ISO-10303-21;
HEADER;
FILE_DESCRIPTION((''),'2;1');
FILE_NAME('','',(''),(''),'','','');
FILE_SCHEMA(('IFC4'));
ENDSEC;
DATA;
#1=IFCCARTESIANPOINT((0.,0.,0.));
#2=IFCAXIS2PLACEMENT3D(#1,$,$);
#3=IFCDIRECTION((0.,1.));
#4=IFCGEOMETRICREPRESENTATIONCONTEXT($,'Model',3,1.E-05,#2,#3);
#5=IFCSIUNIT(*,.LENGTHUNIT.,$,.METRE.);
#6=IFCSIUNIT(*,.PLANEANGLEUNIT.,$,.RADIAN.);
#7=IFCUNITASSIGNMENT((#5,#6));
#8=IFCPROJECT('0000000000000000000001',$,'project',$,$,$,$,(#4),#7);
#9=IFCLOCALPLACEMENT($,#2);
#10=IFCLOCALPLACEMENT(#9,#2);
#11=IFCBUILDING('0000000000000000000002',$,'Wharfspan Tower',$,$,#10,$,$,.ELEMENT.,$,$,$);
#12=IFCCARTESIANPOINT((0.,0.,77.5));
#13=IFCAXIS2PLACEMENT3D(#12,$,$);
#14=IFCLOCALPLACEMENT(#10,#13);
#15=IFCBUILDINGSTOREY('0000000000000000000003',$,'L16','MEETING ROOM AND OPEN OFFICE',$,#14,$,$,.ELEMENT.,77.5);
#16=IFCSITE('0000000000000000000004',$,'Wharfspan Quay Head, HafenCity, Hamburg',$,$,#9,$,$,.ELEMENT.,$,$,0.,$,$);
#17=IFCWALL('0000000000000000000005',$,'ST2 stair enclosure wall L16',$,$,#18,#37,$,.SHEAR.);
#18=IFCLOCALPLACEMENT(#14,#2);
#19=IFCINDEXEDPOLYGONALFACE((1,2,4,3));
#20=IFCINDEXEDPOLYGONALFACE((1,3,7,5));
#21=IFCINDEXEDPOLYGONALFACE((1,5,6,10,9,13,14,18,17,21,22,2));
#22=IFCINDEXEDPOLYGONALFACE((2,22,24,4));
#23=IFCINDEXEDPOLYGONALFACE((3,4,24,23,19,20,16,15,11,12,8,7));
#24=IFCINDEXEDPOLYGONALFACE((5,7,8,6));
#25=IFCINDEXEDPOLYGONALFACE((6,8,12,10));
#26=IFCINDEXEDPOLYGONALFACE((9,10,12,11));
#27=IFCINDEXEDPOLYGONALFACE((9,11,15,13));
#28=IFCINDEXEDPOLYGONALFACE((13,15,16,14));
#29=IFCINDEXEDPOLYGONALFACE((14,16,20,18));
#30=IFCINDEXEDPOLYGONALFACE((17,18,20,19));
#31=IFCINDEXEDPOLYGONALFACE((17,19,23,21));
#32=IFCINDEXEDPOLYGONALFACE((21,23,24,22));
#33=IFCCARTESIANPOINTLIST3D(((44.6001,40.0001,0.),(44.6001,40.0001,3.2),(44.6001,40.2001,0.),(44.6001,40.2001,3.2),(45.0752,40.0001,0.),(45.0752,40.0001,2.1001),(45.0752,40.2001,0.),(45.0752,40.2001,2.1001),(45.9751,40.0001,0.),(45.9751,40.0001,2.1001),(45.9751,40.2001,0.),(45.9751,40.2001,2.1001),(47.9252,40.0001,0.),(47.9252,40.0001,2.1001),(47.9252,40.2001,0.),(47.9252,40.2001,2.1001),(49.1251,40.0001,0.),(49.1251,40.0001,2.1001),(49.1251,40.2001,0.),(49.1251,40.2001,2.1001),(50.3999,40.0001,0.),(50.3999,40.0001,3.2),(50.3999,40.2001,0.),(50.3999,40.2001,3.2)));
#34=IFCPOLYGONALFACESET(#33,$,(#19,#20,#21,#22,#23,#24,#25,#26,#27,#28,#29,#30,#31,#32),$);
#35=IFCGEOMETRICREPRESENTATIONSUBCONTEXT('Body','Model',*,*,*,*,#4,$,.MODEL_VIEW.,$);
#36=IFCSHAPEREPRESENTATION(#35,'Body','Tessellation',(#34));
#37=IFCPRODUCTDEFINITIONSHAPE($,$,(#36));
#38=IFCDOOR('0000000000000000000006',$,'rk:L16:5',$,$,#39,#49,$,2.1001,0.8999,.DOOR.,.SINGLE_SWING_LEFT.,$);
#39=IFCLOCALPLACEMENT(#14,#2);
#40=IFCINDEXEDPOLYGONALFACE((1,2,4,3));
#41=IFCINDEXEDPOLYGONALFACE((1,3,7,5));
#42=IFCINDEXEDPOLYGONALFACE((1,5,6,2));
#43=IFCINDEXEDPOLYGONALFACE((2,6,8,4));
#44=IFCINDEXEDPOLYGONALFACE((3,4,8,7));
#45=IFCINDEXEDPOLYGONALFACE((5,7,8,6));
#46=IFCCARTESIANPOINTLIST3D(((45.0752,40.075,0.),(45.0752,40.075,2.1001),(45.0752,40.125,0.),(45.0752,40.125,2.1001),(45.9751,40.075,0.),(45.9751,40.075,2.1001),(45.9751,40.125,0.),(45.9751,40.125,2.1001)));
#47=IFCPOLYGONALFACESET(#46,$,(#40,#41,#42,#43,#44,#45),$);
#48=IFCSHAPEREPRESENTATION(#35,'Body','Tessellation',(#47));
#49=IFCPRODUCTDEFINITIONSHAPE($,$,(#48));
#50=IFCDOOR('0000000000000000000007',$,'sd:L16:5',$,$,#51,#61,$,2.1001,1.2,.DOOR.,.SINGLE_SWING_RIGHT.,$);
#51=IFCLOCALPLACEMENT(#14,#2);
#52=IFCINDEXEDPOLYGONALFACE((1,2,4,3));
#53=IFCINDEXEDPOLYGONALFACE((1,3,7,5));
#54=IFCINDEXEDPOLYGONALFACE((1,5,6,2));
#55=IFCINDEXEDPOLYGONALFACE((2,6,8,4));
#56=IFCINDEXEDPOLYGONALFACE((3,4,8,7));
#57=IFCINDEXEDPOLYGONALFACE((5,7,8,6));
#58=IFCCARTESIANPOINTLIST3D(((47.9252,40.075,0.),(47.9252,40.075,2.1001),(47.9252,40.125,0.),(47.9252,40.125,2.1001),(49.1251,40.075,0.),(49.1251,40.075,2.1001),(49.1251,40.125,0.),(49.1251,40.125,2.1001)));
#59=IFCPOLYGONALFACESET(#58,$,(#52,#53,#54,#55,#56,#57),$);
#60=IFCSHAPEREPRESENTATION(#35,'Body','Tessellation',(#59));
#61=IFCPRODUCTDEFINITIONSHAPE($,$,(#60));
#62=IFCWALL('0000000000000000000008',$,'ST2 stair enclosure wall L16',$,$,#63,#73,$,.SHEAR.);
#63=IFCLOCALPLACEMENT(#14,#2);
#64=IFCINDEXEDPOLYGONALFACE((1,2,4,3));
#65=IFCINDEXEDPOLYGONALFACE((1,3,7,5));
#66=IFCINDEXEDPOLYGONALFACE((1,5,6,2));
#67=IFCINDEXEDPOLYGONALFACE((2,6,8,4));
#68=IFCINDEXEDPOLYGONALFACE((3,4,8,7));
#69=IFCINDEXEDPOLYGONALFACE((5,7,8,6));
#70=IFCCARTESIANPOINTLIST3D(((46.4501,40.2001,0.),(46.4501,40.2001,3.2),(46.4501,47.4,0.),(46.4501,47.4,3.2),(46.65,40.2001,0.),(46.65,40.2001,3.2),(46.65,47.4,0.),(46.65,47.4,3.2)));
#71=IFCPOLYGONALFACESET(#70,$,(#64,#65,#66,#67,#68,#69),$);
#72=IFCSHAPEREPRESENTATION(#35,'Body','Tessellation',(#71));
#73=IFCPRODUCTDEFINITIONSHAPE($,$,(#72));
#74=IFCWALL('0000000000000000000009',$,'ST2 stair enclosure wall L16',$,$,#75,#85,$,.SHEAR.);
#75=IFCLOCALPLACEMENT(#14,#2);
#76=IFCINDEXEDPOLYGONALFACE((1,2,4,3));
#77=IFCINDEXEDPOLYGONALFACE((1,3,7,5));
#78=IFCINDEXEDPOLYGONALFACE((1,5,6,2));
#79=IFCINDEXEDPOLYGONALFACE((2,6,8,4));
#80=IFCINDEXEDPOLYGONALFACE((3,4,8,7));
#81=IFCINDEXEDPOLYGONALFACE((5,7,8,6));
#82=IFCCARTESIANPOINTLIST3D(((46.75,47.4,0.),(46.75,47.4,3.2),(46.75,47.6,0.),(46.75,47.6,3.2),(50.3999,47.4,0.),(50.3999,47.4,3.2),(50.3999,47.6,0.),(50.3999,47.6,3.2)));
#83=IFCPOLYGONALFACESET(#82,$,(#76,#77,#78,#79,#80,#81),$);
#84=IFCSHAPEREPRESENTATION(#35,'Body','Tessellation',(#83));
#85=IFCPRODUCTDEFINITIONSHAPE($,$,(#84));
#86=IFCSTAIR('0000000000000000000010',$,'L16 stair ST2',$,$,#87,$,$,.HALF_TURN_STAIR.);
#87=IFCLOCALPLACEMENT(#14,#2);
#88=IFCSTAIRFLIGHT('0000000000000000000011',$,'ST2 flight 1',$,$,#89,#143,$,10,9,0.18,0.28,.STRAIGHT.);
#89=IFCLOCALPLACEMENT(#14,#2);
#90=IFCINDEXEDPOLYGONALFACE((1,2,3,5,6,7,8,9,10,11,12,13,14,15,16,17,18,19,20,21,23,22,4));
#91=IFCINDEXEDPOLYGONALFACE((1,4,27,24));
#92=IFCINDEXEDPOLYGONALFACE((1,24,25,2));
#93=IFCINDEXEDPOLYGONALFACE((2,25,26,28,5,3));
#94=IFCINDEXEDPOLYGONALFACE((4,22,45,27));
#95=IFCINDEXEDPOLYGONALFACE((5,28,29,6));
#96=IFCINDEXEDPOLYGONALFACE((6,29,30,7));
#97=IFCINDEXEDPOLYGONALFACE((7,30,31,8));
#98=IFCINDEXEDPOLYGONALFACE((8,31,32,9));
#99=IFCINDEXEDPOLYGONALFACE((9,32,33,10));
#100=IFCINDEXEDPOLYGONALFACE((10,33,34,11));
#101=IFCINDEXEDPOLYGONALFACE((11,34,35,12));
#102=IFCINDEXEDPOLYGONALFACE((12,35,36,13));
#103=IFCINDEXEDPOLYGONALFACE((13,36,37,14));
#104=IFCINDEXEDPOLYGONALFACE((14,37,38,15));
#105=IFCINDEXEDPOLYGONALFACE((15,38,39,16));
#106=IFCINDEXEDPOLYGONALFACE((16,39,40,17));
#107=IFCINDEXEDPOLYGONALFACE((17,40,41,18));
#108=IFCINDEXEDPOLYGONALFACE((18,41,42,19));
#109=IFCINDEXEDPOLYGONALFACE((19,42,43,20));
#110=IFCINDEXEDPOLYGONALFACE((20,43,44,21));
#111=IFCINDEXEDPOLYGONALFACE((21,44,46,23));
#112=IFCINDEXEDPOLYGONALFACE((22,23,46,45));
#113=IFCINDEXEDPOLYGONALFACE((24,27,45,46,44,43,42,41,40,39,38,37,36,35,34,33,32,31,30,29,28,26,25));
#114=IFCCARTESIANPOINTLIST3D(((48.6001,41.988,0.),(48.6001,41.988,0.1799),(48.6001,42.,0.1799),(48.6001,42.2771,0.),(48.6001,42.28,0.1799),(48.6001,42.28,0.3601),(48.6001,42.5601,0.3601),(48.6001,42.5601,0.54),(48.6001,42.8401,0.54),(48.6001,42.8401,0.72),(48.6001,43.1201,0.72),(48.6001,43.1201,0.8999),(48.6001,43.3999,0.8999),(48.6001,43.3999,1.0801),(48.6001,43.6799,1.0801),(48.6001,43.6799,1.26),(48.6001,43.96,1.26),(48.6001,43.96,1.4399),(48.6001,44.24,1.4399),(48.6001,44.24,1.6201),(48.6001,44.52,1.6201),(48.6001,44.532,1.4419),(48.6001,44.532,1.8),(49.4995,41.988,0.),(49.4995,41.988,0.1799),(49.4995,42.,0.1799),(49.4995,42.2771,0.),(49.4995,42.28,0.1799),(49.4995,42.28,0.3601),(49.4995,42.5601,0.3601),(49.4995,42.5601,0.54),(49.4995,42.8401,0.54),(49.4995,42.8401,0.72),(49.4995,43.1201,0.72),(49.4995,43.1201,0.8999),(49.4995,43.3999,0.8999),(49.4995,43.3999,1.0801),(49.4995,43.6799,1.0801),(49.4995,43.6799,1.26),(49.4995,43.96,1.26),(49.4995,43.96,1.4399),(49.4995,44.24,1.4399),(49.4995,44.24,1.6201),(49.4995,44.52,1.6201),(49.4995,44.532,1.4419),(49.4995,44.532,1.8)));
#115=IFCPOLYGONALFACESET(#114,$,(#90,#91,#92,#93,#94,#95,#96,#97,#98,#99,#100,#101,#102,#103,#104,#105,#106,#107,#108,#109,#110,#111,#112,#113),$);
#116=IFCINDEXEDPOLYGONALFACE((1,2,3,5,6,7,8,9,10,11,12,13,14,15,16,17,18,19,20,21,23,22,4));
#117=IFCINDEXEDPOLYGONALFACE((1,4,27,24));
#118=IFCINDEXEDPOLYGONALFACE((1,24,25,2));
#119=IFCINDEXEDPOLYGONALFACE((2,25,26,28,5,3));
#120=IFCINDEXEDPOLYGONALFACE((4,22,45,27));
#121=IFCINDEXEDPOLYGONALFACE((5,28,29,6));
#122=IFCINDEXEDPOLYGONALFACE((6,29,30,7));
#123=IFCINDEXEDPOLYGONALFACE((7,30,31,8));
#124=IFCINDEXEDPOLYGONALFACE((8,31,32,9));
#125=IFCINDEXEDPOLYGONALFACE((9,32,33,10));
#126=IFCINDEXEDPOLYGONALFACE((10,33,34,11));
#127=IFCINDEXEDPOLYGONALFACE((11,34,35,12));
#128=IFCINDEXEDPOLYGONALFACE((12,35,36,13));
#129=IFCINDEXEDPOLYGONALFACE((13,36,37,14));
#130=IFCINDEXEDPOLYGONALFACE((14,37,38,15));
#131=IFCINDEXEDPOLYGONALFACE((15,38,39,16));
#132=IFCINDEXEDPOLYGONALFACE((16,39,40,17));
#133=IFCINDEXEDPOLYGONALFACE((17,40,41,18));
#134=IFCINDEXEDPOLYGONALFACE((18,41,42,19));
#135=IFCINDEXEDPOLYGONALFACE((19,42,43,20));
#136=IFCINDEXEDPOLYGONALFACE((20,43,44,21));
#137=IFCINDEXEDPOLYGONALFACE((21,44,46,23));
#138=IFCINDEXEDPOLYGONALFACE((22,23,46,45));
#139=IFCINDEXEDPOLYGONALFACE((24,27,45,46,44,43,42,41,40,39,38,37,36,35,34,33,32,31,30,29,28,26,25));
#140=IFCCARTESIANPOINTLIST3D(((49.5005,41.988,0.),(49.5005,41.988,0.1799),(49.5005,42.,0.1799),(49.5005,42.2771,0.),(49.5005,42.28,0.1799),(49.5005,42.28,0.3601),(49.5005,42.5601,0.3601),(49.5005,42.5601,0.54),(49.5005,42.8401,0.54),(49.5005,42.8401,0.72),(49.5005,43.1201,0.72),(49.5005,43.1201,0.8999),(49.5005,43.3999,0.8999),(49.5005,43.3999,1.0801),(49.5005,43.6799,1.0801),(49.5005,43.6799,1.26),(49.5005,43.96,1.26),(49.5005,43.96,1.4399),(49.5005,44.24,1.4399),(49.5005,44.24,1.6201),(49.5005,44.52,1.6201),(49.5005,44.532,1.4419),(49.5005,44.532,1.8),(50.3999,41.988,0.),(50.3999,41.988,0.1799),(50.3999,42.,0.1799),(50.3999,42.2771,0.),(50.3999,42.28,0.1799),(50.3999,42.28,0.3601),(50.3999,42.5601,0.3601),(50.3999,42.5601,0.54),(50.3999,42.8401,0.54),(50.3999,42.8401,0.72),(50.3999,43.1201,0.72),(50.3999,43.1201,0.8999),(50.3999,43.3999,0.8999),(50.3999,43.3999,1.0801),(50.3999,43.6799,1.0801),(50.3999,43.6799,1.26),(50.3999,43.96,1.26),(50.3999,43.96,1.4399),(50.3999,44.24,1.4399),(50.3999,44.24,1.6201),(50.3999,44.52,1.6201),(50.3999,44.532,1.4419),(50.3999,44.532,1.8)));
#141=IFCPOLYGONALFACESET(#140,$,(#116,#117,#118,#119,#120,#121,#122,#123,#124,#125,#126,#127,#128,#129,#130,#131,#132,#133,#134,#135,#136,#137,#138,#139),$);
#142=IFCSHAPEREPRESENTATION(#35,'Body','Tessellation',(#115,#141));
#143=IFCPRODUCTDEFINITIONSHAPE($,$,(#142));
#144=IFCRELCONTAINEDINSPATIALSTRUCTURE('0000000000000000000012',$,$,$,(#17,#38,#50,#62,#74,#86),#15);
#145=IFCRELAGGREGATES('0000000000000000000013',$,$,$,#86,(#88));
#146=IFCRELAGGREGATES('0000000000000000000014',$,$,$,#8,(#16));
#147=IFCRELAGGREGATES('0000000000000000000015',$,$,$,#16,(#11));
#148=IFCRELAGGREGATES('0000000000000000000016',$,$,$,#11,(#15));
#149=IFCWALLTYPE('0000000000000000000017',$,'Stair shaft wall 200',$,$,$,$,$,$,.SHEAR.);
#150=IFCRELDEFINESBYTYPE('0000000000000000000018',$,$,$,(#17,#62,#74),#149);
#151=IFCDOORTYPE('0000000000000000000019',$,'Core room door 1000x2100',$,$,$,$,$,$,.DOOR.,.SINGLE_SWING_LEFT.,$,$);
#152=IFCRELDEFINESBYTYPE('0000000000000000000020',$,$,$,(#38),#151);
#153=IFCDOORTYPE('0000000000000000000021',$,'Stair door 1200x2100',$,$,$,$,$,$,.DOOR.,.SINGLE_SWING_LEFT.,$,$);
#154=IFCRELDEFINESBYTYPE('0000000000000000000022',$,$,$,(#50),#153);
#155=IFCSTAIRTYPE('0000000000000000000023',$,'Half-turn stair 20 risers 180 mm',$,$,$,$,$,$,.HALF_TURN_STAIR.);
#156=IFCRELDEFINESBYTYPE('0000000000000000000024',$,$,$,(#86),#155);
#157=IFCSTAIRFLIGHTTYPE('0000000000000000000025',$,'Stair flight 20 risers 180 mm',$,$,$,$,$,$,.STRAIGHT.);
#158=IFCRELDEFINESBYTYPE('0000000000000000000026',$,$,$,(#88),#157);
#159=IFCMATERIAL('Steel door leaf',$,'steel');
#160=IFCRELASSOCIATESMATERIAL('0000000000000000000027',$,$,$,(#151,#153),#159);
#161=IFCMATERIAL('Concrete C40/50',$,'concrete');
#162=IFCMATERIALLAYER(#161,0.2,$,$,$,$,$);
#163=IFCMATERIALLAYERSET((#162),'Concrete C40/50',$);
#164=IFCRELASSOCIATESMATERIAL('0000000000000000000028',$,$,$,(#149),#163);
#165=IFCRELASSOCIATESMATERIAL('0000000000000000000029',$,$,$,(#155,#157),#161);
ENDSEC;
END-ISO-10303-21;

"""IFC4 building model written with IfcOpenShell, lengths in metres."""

from ifc_helpers import new_model, si_unit, direction, frame, frame_2d, origin, place, context, subcontext, project, spatial, polyline, rectangle, outline, extrude, material, layer, layer_set, type_object, element, fill, aggregate, save


model = new_model("IFC4")

# Units and contexts
model_context = context("Model", 3, precision=1e-05, world=origin(), true_north=direction((0.0, 1.0)))
body_context = subcontext(model_context, "Body", "Model", "MODEL_VIEW")
ifc_project = project(units=[si_unit("LENGTHUNIT", "METRE"), si_unit("PLANEANGLEUNIT", "RADIAN")], contexts=[model_context])

# Site, building, storey
site_placement = place(None, origin())
site = spatial("IfcSite", under=ifc_project, at=site_placement, Name="Wharfspan Quay Head, HafenCity, Hamburg", CompositionType="ELEMENT", RefElevation=0.0)
building_placement = place(site_placement, origin())
building = spatial("IfcBuilding", under=site, at=building_placement, Name="Wharfspan Tower", CompositionType="ELEMENT")
storey_placement = place(building_placement, frame((0.0, 0.0, 77.5)))
storey = spatial("IfcBuildingStorey", under=building, at=storey_placement, Name="L16", Description="MEETING ROOM AND OPEN OFFICE", CompositionType="ELEMENT", Elevation=77.5)

# Shared definitions
ifc_material_1 = material(Name="Steel door leaf", Category="steel")
door_type_1 = type_object("IfcDoorType", Name="Core room door 1000x2100", OperationType="SINGLE_SWING_LEFT", PredefinedType="DOOR", material=ifc_material_1)

# Wall, openings, doors
ifc_material_2 = material(Name="Concrete C40/50", Category="concrete")
ifc_layer_1 = layer(ifc_material_2, 0.2)
ifc_layer_set_1 = layer_set([ifc_layer_1], Name="Concrete C40/50")
wall_type_1 = type_object("IfcWallType", Name="Stair shaft wall 200", PredefinedType="SHEAR", material=ifc_layer_set_1)
wall_1_placement = place(storey_placement, frame((44.6001, 40.1001, 0.0), z_axis=(0.0, 0.0, 1.0), x_axis=(1.0, 0.0, 0.0)))
wall_1 = element("IfcWall", 1, at=wall_1_placement, inside=storey, type_object=wall_type_1, Name="ST2 stair enclosure wall L16", PredefinedType="SHEAR", context=body_context, shape_type="SweptSolid", body=[
    extrude(rectangle(XDim=5.7998, YDim=0.2, at=frame_2d((2.8999, 0.0))), origin(), (0.0, 0.0, 1.0), 3.2),
])
opening_1_placement = place(wall_1_placement, frame((3.325, 0.0, 0.0)))
opening_1 = element("IfcOpeningElement", 2, at=opening_1_placement, cuts=wall_1, PredefinedType="OPENING", context=body_context, shape_type="SweptSolid", body=[
    extrude(rectangle(XDim=1.2, YDim=2.1001, at=frame_2d((0.6001, 1.05))), frame((0.0, 0.1099, 0.0), z_axis=(0.0, -1.0, 0.0), x_axis=(1.0, 0.0, 0.0)), (0.0, 0.0, 1.0), 0.22),
])
opening_2_placement = place(wall_1_placement, frame((0.4751, 0.0, 0.0)))
opening_2 = element("IfcOpeningElement", 3, at=opening_2_placement, cuts=wall_1, PredefinedType="OPENING", context=body_context, shape_type="SweptSolid", body=[
    extrude(rectangle(XDim=0.8999, YDim=2.1001, at=frame_2d((0.45, 1.05))), frame((0.0, 0.1099, 0.0), z_axis=(0.0, -1.0, 0.0), x_axis=(1.0, 0.0, 0.0)), (0.0, 0.0, 1.0), 0.22),
])
door_1_placement = place(opening_2_placement, origin())
door_1 = element("IfcDoor", 4, at=door_1_placement, inside=storey, type_object=door_type_1, Name="rk:L16:5", OperationType="SINGLE_SWING_LEFT", OverallHeight=2.1001, OverallWidth=0.8999, PredefinedType="DOOR", context=body_context, shape_type="SweptSolid", body=[
    extrude(rectangle(XDim=0.8999, YDim=2.1001, at=frame_2d((0.45, 1.05))), frame((0.0, 0.0249, 0.0), z_axis=(0.0, -1.0, 0.0), x_axis=(1.0, 0.0, 0.0)), (0.0, 0.0, 1.0), 0.05),
])
fill(opening_2, door_1)
door_type_2 = type_object("IfcDoorType", Name="Stair door 1200x2100", OperationType="SINGLE_SWING_LEFT", PredefinedType="DOOR", material=ifc_material_1)
door_2_placement = place(opening_1_placement, origin())
door_2 = element("IfcDoor", 5, at=door_2_placement, inside=storey, type_object=door_type_2, Name="sd:L16:5", OperationType="SINGLE_SWING_RIGHT", OverallHeight=2.1001, OverallWidth=1.2, PredefinedType="DOOR", context=body_context, shape_type="SweptSolid", body=[
    extrude(rectangle(XDim=1.2, YDim=2.1001, at=frame_2d((0.6001, 1.05))), frame((0.0, 0.0249, 0.0), z_axis=(0.0, -1.0, 0.0), x_axis=(1.0, 0.0, 0.0)), (0.0, 0.0, 1.0), 0.05),
])
fill(opening_1, door_2)

# Walls
wall_2_placement = place(storey_placement, frame((46.55, 40.2, 0.0), z_axis=(0.0, 0.0, 1.0), x_axis=(0.0, 1.0, 0.0)))
element("IfcWall", 6, at=wall_2_placement, inside=storey, type_object=wall_type_1, Name="ST2 stair enclosure wall L16", PredefinedType="SHEAR", context=body_context, shape_type="SweptSolid", body=[
    extrude(rectangle(XDim=7.2, YDim=0.2, at=frame_2d((3.6001, 0.0))), origin(), (0.0, 0.0, 1.0), 3.2),
])
wall_3_placement = place(storey_placement, frame((46.75, 47.5, 0.0), z_axis=(0.0, 0.0, 1.0), x_axis=(1.0, 0.0, 0.0)))
element("IfcWall", 7, at=wall_3_placement, inside=storey, type_object=wall_type_1, Name="ST2 stair enclosure wall L16", PredefinedType="SHEAR", context=body_context, shape_type="SweptSolid", body=[
    extrude(rectangle(XDim=3.6499, YDim=0.2, at=frame_2d((1.825, 0.0))), origin(), (0.0, 0.0, 1.0), 3.2),
])

# Stair, stair flight
stair_type = type_object("IfcStairType", Name="Half-turn stair 20 risers 180 mm", PredefinedType="HALF_TURN_STAIR", material=ifc_material_2)
stair_placement = place(storey_placement, origin())
stair = element("IfcStair", 8, at=stair_placement, inside=storey, type_object=stair_type, Name="L16 stair ST2", PredefinedType="HALF_TURN_STAIR")
stair_flight_type = type_object("IfcStairFlightType", Name="Stair flight 20 risers 180 mm", PredefinedType="STRAIGHT", material=ifc_material_2)
stair_flight_1_placement = place(storey_placement, frame((49.5, 42.0, 0.0), z_axis=(0.0, 0.0, 1.0), x_axis=(0.0, 1.0, 0.0)))
stair_flight_1 = element("IfcStairFlight", 9, at=stair_flight_1_placement, type_object=stair_flight_type, Name="ST2 flight 1", NumberOfRisers=10, NumberOfTreads=9, PredefinedType="STRAIGHT", RiserHeight=0.18, TreadLength=0.28, context=body_context, shape_type="SweptSolid", body=[
    extrude(outline(polyline([(-0.012, 0.0), (-0.012, 0.1799), (0.0, 0.1799), (0.28, 0.1799), (0.28, 0.3601), (0.5601, 0.3601), (0.5601, 0.54), (0.8401, 0.54), (0.8401, 0.72), (1.1201, 0.72), (1.1201, 0.8999), (1.3999, 0.8999), (1.3999, 1.0801), (1.6799, 1.0801), (1.6799, 1.26), (1.96, 1.26), (1.96, 1.4399), (2.24, 1.4399), (2.24, 1.6201), (2.52, 1.6201), (2.532, 1.8), (2.532, 1.4419), (0.2771, 0.0), (-0.012, 0.0)])), frame((0.0, 0.8999, 0.0), z_axis=(0.0, -1.0, 0.0), x_axis=(1.0, 0.0, 0.0)), (0.0, 0.0, 1.0), 0.8994),
    extrude(outline(polyline([(-0.012, 0.0), (-0.012, 0.1799), (0.0, 0.1799), (0.28, 0.1799), (0.28, 0.3601), (0.5601, 0.3601), (0.5601, 0.54), (0.8401, 0.54), (0.8401, 0.72), (1.1201, 0.72), (1.1201, 0.8999), (1.3999, 0.8999), (1.3999, 1.0801), (1.6799, 1.0801), (1.6799, 1.26), (1.96, 1.26), (1.96, 1.4399), (2.24, 1.4399), (2.24, 1.6201), (2.52, 1.6201), (2.532, 1.8), (2.532, 1.4419), (0.2771, 0.0), (-0.012, 0.0)])), frame((0.0, -0.0005, 0.0), z_axis=(0.0, -1.0, 0.0), x_axis=(1.0, 0.0, 0.0)), (0.0, 0.0, 1.0), 0.8994),
])
aggregate(stair, [stair_flight_1])

save(model, "model.ifc")
